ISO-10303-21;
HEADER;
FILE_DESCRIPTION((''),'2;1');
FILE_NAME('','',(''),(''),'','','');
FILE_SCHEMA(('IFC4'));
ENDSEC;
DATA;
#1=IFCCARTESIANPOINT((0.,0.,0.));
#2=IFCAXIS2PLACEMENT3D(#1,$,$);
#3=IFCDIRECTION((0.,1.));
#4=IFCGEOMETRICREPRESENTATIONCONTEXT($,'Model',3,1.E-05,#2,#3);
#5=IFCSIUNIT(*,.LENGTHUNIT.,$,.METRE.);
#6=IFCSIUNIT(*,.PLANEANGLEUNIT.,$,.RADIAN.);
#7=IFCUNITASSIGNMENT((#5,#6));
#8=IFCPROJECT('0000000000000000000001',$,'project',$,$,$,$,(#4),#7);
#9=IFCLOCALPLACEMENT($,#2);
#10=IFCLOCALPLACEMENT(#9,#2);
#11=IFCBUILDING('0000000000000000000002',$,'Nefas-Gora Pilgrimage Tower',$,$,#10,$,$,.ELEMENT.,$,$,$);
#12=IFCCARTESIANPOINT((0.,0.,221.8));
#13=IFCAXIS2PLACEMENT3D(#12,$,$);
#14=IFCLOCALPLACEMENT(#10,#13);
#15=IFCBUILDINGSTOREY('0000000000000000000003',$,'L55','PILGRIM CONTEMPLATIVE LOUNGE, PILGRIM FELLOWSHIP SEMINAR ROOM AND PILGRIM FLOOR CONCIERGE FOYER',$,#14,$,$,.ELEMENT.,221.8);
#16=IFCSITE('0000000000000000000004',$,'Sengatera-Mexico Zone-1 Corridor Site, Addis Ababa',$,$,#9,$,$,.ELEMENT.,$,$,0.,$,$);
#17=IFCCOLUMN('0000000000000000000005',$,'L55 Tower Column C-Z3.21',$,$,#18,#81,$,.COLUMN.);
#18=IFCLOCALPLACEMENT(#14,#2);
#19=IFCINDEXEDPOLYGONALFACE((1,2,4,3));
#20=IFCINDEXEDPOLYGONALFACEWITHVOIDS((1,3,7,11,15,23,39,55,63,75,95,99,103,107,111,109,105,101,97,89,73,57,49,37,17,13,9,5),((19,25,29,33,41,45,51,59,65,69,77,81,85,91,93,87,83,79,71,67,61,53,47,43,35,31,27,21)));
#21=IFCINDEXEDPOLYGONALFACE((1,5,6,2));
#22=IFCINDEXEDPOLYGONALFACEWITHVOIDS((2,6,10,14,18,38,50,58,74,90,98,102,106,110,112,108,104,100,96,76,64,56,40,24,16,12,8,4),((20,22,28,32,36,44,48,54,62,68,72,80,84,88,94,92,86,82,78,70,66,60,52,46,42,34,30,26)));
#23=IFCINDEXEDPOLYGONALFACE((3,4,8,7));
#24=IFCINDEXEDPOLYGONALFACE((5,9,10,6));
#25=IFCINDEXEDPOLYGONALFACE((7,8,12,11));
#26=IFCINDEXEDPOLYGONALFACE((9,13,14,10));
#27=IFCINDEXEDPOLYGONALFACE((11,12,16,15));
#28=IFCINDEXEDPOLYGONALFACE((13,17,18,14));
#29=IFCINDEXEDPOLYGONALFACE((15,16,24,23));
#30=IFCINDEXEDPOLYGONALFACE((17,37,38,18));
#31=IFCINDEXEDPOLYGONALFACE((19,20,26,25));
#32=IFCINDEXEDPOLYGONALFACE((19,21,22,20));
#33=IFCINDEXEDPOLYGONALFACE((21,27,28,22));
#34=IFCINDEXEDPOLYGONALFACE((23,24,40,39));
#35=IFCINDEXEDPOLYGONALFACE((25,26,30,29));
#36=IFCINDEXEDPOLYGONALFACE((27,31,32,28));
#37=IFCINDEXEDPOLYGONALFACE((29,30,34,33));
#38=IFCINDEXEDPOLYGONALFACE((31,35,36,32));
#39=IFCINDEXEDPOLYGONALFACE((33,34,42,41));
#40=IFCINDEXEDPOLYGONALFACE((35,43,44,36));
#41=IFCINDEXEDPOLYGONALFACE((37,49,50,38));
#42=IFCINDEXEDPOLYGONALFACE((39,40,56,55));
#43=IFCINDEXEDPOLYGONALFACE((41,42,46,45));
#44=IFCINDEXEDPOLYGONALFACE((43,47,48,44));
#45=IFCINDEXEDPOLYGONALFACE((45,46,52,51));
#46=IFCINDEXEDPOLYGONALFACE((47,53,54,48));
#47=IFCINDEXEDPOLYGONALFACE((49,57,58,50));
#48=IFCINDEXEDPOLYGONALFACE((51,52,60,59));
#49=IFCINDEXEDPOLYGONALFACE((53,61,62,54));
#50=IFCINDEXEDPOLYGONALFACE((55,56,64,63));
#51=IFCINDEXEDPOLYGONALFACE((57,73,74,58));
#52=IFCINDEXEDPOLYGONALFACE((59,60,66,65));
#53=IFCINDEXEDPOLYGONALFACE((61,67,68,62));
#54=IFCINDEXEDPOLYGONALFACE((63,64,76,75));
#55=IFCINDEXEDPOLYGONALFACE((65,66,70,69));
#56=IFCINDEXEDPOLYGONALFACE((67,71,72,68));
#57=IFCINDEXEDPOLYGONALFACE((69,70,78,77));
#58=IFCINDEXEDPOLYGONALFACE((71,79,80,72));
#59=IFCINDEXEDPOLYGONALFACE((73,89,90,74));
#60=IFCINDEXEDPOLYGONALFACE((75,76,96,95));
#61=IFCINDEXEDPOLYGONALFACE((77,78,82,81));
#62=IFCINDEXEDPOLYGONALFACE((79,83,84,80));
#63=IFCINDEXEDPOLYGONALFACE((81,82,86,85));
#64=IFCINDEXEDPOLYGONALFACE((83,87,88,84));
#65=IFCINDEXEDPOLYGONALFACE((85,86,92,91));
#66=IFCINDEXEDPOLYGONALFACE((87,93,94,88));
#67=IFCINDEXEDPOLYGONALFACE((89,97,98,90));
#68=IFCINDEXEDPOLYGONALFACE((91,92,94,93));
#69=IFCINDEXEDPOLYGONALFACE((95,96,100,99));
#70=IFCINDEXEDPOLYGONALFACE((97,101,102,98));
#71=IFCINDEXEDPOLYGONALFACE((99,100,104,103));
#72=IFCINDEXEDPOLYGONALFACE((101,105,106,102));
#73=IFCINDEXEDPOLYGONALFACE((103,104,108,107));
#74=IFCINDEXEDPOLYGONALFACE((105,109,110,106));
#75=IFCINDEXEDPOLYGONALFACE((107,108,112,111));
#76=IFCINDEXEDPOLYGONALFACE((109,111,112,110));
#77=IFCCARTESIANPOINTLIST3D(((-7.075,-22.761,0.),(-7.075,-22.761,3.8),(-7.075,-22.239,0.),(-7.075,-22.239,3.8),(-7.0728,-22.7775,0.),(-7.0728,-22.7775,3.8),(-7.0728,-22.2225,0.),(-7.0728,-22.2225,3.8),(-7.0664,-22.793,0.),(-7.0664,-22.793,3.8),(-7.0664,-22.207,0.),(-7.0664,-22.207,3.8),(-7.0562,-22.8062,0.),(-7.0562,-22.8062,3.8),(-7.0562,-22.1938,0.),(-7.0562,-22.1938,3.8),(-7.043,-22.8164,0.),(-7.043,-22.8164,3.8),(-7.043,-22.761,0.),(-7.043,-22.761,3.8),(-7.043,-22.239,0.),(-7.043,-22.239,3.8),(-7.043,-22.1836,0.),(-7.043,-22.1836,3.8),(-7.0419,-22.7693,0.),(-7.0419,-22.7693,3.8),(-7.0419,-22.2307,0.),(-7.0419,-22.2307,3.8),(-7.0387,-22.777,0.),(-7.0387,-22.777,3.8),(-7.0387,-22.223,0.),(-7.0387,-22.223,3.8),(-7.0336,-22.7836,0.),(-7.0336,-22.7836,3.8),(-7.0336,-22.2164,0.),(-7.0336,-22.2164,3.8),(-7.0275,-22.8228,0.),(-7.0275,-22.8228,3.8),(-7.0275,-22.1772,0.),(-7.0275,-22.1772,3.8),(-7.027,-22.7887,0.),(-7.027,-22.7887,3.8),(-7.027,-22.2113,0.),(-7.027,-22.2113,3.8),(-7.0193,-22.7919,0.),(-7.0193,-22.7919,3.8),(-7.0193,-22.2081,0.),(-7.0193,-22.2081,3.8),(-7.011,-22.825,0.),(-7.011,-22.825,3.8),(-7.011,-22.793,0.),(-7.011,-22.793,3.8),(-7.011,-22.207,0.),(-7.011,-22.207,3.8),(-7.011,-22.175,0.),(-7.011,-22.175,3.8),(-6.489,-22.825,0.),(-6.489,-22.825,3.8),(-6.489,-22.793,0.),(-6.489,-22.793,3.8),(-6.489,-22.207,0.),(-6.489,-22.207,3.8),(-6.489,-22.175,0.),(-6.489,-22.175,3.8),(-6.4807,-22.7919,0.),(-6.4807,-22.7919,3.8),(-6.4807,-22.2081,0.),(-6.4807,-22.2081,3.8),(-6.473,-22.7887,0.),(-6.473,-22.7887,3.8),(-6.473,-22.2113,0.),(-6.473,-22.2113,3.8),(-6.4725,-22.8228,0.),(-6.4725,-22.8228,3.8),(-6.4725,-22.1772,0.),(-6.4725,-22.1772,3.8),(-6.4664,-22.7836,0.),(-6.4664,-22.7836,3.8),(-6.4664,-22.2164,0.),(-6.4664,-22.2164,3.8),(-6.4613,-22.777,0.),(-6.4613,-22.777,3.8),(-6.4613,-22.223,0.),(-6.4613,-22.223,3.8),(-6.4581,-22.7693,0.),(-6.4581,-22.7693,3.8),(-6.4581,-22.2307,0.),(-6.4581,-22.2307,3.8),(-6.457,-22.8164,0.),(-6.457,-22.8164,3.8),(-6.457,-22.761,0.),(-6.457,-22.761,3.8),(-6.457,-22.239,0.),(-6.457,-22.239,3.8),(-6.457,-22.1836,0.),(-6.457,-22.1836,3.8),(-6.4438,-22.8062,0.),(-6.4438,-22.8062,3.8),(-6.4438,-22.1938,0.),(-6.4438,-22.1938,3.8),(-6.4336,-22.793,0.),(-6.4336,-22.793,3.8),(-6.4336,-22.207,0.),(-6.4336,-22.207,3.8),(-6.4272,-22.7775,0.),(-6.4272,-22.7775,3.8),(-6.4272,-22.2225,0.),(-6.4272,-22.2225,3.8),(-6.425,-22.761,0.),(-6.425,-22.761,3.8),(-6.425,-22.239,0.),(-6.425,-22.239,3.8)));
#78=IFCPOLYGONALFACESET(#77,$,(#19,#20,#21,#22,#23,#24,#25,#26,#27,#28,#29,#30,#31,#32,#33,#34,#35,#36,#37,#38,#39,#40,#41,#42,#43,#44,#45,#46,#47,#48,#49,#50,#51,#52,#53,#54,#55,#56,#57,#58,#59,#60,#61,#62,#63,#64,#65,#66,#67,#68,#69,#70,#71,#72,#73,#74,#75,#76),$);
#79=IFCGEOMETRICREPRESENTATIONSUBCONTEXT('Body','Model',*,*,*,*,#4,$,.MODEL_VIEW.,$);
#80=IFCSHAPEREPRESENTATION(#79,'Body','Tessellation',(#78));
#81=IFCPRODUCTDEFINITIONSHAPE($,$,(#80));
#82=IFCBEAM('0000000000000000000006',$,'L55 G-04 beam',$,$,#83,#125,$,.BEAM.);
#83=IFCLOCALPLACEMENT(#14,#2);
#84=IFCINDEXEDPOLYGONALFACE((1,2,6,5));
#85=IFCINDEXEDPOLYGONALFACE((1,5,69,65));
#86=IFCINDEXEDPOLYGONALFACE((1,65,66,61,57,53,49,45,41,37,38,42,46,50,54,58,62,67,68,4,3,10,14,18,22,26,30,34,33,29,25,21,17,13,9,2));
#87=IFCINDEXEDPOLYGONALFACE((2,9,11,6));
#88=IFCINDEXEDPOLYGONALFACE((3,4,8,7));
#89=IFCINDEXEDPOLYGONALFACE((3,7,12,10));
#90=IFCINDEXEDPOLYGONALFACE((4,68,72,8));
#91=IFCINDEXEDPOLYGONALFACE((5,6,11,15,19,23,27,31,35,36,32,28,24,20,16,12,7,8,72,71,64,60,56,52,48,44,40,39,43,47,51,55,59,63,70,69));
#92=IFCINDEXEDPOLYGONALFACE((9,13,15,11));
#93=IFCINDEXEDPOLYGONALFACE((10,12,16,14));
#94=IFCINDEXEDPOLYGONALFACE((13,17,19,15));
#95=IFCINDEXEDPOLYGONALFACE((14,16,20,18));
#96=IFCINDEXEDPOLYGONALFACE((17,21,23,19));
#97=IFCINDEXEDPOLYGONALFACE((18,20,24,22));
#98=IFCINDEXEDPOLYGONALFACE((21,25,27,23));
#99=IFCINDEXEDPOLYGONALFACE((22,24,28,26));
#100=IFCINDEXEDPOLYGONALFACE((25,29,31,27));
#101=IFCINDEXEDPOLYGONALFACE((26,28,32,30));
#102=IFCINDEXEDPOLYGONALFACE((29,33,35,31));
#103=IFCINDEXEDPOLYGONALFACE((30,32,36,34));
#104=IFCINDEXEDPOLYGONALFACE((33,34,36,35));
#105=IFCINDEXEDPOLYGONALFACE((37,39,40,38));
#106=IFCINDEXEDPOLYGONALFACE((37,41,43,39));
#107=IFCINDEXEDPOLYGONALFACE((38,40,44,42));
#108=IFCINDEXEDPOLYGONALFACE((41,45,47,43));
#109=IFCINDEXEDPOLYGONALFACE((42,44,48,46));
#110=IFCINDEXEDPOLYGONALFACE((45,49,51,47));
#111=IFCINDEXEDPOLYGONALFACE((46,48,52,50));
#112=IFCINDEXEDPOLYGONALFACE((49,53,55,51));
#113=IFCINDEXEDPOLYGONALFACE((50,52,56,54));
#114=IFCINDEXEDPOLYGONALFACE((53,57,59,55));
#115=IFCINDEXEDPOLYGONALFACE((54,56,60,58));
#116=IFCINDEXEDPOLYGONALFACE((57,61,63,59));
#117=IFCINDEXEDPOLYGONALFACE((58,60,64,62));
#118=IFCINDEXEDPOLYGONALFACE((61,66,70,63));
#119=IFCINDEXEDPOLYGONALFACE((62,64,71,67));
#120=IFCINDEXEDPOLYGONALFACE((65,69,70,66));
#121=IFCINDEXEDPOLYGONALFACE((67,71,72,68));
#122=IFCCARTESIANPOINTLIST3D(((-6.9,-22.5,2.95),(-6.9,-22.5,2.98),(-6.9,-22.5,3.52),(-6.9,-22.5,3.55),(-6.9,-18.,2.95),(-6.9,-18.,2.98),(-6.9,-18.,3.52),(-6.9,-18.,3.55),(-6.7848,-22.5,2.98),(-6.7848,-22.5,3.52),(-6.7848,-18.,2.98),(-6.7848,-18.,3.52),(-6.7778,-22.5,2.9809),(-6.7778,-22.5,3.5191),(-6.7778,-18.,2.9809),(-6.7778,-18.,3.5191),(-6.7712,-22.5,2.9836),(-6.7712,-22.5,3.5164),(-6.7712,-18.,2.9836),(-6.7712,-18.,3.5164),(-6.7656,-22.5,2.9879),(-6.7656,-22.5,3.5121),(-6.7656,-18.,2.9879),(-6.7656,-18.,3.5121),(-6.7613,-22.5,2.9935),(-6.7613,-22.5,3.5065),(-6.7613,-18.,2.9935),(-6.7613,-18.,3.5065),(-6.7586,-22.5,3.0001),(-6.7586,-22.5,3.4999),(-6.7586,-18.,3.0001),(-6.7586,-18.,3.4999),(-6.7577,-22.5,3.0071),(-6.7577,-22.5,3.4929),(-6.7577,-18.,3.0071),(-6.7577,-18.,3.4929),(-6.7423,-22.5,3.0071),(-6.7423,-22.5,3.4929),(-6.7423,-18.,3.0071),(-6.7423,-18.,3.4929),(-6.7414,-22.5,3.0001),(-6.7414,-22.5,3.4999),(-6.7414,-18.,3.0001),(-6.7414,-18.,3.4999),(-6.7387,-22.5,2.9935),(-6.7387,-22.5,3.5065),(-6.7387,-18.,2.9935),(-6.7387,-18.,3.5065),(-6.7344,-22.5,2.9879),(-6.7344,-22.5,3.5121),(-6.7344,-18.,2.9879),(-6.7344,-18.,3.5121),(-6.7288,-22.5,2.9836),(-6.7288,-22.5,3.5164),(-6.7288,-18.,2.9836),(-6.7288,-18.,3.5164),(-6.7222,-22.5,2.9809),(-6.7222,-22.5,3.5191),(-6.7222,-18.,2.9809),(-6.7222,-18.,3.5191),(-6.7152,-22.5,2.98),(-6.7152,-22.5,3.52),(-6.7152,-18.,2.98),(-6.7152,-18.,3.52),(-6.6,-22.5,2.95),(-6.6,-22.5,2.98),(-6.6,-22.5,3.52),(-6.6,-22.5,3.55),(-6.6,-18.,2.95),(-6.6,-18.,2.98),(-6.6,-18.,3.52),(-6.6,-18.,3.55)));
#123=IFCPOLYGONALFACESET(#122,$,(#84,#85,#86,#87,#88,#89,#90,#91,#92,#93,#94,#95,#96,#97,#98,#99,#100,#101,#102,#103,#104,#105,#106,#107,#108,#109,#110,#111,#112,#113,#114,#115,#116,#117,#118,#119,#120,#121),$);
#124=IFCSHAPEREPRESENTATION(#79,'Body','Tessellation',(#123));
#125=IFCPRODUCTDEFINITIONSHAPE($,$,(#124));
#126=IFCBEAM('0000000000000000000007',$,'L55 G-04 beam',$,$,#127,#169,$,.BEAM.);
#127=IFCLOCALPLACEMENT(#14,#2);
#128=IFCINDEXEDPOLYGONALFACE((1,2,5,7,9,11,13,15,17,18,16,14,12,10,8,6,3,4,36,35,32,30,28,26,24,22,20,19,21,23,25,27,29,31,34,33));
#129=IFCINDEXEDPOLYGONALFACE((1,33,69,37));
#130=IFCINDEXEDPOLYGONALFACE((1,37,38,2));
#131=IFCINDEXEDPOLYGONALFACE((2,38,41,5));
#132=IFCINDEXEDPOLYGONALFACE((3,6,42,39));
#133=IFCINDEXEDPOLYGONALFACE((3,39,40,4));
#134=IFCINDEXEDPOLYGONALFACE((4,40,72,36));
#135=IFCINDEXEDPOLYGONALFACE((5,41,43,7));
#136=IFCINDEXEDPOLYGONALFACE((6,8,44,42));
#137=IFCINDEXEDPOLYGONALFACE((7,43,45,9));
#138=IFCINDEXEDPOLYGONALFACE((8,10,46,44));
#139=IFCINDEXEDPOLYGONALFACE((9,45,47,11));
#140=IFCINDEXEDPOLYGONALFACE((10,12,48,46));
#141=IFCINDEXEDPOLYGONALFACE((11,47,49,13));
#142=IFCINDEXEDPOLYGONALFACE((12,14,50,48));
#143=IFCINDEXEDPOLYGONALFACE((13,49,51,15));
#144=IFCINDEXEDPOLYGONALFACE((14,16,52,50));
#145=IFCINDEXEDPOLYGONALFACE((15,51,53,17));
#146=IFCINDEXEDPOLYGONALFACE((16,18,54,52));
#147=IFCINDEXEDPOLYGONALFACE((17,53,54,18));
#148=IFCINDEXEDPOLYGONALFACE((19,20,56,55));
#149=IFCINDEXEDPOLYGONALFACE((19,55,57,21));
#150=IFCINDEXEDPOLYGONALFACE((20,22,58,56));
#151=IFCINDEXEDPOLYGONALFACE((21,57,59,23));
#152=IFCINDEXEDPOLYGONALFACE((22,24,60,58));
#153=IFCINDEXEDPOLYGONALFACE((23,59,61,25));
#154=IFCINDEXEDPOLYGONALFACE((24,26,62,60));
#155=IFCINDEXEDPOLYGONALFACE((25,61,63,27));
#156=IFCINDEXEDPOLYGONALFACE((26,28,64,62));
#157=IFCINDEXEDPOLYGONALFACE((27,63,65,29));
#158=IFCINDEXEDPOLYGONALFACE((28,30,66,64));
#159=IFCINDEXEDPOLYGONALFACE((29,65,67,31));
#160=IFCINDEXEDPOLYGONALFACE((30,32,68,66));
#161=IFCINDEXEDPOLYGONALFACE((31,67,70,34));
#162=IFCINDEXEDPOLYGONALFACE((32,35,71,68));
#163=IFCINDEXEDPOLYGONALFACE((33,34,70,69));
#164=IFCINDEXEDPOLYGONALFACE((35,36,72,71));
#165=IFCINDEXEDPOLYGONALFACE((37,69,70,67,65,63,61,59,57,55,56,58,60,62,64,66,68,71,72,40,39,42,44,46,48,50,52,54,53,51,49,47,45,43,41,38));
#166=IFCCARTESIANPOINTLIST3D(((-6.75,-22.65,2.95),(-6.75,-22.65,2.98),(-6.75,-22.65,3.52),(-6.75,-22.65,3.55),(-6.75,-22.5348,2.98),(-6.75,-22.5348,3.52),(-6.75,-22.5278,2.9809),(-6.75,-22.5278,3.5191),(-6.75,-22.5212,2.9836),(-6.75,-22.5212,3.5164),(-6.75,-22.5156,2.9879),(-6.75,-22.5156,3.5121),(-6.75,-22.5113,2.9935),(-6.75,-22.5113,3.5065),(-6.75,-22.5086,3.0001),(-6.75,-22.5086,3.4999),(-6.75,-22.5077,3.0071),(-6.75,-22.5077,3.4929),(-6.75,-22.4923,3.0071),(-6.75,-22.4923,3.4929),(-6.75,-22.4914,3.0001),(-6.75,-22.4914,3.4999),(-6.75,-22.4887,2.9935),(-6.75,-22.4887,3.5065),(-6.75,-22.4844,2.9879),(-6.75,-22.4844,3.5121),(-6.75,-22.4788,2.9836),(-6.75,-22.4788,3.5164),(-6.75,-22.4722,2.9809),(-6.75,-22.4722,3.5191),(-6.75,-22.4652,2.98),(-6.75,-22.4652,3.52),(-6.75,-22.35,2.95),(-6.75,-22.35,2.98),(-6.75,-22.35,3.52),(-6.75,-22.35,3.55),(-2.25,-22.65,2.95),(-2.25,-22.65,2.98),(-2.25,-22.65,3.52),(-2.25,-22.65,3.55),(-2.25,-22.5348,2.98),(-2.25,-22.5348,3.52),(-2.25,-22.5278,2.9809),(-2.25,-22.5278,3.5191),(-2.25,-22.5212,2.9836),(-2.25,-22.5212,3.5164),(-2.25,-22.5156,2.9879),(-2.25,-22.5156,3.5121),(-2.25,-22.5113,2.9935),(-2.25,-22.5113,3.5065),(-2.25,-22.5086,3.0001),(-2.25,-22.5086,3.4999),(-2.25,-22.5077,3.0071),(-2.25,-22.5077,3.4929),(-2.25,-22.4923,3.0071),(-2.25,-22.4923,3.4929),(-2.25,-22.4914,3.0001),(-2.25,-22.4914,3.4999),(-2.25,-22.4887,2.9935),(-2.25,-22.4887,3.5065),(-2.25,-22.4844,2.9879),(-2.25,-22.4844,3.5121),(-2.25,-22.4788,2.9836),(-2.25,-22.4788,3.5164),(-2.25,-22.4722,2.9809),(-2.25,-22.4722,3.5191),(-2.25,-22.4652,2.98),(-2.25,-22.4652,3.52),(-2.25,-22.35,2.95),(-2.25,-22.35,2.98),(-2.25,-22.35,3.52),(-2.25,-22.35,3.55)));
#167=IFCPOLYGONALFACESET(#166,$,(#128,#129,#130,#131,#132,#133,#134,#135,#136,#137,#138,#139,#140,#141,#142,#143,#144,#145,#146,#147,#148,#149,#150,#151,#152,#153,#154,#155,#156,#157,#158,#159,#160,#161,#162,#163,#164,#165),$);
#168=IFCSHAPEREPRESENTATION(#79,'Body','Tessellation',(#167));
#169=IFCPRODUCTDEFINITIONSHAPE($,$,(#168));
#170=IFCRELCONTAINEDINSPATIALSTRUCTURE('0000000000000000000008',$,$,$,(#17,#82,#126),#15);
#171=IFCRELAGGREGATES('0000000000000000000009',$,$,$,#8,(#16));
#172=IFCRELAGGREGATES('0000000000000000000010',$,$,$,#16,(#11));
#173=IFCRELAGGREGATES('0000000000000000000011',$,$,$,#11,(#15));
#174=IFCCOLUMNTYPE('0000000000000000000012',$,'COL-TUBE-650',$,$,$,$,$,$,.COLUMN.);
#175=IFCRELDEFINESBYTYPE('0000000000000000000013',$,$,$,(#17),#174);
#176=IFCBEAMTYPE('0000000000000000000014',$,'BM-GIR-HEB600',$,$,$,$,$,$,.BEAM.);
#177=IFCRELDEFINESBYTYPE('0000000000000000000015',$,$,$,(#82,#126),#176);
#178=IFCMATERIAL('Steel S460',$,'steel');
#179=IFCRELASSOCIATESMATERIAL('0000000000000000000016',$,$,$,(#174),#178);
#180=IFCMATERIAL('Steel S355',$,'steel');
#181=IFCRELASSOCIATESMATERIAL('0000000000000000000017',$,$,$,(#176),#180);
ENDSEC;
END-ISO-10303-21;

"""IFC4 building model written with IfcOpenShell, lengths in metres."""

from ifc_helpers import new_model, si_unit, direction, frame, origin, origin_2d, place, context, subcontext, project, spatial, hollow_rectangle, i_section, extrude, source, transform, mapped, material, material_profile, profile_set, type_object, element, save


model = new_model("IFC4")

# Units and contexts
model_context = context("Model", 3, precision=1e-05, world=origin(), true_north=direction((0.0, 1.0)))
body_context = subcontext(model_context, "Body", "Model", "MODEL_VIEW")
ifc_project = project(units=[si_unit("LENGTHUNIT", "METRE"), si_unit("PLANEANGLEUNIT", "RADIAN")], contexts=[model_context])

# Site, building, storey
site_placement = place(None, origin())
site = spatial("IfcSite", under=ifc_project, at=site_placement, Name="Sengatera-Mexico Zone-1 Corridor Site, Addis Ababa", CompositionType="ELEMENT", RefElevation=0.0)
building_placement = place(site_placement, origin())
building = spatial("IfcBuilding", under=site, at=building_placement, Name="Nefas-Gora Pilgrimage Tower", CompositionType="ELEMENT")
storey_placement = place(building_placement, frame((0.0, 0.0, 221.8)))
storey = spatial("IfcBuildingStorey", under=building, at=storey_placement, Name="L55", Description="PILGRIM CONTEMPLATIVE LOUNGE, PILGRIM FELLOWSHIP SEMINAR ROOM AND PILGRIM FLOOR CONCIERGE FOYER", CompositionType="ELEMENT", Elevation=221.8)

# Column
ifc_material_1 = material(Name="Steel S460", Category="steel")
ifc_material_profile_1 = material_profile(ifc_material_1, hollow_rectangle(XDim=0.6499, YDim=0.6499, WallThickness=0.032, InnerFilletRadius=0.032, OuterFilletRadius=0.064, at=origin_2d()), Name="BOX 650x650x32")
ifc_profile_set_1 = profile_set([ifc_material_profile_1], Name="Steel S460")
column_type_1 = type_object("IfcColumnType", Name="COL-TUBE-650", PredefinedType="COLUMN", material=ifc_profile_set_1)
shared_shape_1 = source(origin(), body_context, "Body", "SweptSolid", [
    extrude(hollow_rectangle(XDim=0.6499, YDim=0.6499, WallThickness=0.032, InnerFilletRadius=0.032, OuterFilletRadius=0.064, at=origin_2d()), origin(), (0.0, 0.0, 1.0), 3.8),
])
column_placement = place(storey_placement, frame((-6.75, -22.5, 0.0), z_axis=(0.0, 0.0, 1.0), x_axis=(1.0, 0.0, 0.0)))
element("IfcColumn", 1, at=column_placement, inside=storey, type_object=column_type_1, Name="L55 Tower Column C-Z3.21", PredefinedType="COLUMN", context=body_context, shape_type="MappedRepresentation", body=[
    mapped(shared_shape_1, transform((0.0, 0.0, 0.0), x_axis=(1.0, 0.0, 0.0), y_axis=(0.0, 1.0, 0.0), z_axis=(0.0, 0.0, 1.0), scale=1.0)),
])

# Beams
ifc_material_2 = material(Name="Steel S355", Category="steel")
ifc_material_profile_2 = material_profile(ifc_material_2, i_section(OverallWidth=0.3, OverallDepth=0.6001, WebThickness=0.0154, FlangeThickness=0.03, FilletRadius=0.0271, at=origin_2d()), Name="HEB 600")
ifc_profile_set_2 = profile_set([ifc_material_profile_2], Name="Steel S355")
beam_type = type_object("IfcBeamType", Name="BM-GIR-HEB600", PredefinedType="BEAM", material=ifc_profile_set_2)
shared_shape_2 = source(origin(), body_context, "Body", "SweptSolid", [
    extrude(i_section(OverallWidth=0.3, OverallDepth=0.6001, WebThickness=0.0154, FlangeThickness=0.03, FilletRadius=0.0271, at=origin_2d()), origin(), (0.0, 0.0, 1.0), 4.5),
])
for number, where, z_axis, x_axis, name in (
    (2, (-6.75, -22.5, 3.25), (0.0, 1.0, 0.0), (-1.0, 0.0, 0.0), "L55 G-04 beam"),
    (3, (-6.75, -22.5, 3.25), (1.0, 0.0, 0.0), (0.0, 1.0, 0.0), "L55 G-04 beam"),
):
    element("IfcBeam", number, at=place(storey_placement, frame(where, z_axis=z_axis, x_axis=x_axis)), inside=storey, type_object=beam_type, Name=name, PredefinedType="BEAM", context=body_context, shape_type="MappedRepresentation", body=[
        mapped(shared_shape_2, transform((0.0, 0.0, 0.0), x_axis=(1.0, 0.0, 0.0), y_axis=(0.0, 1.0, 0.0), z_axis=(0.0, 0.0, 1.0), scale=1.0)),
    ])

save(model, "model.ifc")
